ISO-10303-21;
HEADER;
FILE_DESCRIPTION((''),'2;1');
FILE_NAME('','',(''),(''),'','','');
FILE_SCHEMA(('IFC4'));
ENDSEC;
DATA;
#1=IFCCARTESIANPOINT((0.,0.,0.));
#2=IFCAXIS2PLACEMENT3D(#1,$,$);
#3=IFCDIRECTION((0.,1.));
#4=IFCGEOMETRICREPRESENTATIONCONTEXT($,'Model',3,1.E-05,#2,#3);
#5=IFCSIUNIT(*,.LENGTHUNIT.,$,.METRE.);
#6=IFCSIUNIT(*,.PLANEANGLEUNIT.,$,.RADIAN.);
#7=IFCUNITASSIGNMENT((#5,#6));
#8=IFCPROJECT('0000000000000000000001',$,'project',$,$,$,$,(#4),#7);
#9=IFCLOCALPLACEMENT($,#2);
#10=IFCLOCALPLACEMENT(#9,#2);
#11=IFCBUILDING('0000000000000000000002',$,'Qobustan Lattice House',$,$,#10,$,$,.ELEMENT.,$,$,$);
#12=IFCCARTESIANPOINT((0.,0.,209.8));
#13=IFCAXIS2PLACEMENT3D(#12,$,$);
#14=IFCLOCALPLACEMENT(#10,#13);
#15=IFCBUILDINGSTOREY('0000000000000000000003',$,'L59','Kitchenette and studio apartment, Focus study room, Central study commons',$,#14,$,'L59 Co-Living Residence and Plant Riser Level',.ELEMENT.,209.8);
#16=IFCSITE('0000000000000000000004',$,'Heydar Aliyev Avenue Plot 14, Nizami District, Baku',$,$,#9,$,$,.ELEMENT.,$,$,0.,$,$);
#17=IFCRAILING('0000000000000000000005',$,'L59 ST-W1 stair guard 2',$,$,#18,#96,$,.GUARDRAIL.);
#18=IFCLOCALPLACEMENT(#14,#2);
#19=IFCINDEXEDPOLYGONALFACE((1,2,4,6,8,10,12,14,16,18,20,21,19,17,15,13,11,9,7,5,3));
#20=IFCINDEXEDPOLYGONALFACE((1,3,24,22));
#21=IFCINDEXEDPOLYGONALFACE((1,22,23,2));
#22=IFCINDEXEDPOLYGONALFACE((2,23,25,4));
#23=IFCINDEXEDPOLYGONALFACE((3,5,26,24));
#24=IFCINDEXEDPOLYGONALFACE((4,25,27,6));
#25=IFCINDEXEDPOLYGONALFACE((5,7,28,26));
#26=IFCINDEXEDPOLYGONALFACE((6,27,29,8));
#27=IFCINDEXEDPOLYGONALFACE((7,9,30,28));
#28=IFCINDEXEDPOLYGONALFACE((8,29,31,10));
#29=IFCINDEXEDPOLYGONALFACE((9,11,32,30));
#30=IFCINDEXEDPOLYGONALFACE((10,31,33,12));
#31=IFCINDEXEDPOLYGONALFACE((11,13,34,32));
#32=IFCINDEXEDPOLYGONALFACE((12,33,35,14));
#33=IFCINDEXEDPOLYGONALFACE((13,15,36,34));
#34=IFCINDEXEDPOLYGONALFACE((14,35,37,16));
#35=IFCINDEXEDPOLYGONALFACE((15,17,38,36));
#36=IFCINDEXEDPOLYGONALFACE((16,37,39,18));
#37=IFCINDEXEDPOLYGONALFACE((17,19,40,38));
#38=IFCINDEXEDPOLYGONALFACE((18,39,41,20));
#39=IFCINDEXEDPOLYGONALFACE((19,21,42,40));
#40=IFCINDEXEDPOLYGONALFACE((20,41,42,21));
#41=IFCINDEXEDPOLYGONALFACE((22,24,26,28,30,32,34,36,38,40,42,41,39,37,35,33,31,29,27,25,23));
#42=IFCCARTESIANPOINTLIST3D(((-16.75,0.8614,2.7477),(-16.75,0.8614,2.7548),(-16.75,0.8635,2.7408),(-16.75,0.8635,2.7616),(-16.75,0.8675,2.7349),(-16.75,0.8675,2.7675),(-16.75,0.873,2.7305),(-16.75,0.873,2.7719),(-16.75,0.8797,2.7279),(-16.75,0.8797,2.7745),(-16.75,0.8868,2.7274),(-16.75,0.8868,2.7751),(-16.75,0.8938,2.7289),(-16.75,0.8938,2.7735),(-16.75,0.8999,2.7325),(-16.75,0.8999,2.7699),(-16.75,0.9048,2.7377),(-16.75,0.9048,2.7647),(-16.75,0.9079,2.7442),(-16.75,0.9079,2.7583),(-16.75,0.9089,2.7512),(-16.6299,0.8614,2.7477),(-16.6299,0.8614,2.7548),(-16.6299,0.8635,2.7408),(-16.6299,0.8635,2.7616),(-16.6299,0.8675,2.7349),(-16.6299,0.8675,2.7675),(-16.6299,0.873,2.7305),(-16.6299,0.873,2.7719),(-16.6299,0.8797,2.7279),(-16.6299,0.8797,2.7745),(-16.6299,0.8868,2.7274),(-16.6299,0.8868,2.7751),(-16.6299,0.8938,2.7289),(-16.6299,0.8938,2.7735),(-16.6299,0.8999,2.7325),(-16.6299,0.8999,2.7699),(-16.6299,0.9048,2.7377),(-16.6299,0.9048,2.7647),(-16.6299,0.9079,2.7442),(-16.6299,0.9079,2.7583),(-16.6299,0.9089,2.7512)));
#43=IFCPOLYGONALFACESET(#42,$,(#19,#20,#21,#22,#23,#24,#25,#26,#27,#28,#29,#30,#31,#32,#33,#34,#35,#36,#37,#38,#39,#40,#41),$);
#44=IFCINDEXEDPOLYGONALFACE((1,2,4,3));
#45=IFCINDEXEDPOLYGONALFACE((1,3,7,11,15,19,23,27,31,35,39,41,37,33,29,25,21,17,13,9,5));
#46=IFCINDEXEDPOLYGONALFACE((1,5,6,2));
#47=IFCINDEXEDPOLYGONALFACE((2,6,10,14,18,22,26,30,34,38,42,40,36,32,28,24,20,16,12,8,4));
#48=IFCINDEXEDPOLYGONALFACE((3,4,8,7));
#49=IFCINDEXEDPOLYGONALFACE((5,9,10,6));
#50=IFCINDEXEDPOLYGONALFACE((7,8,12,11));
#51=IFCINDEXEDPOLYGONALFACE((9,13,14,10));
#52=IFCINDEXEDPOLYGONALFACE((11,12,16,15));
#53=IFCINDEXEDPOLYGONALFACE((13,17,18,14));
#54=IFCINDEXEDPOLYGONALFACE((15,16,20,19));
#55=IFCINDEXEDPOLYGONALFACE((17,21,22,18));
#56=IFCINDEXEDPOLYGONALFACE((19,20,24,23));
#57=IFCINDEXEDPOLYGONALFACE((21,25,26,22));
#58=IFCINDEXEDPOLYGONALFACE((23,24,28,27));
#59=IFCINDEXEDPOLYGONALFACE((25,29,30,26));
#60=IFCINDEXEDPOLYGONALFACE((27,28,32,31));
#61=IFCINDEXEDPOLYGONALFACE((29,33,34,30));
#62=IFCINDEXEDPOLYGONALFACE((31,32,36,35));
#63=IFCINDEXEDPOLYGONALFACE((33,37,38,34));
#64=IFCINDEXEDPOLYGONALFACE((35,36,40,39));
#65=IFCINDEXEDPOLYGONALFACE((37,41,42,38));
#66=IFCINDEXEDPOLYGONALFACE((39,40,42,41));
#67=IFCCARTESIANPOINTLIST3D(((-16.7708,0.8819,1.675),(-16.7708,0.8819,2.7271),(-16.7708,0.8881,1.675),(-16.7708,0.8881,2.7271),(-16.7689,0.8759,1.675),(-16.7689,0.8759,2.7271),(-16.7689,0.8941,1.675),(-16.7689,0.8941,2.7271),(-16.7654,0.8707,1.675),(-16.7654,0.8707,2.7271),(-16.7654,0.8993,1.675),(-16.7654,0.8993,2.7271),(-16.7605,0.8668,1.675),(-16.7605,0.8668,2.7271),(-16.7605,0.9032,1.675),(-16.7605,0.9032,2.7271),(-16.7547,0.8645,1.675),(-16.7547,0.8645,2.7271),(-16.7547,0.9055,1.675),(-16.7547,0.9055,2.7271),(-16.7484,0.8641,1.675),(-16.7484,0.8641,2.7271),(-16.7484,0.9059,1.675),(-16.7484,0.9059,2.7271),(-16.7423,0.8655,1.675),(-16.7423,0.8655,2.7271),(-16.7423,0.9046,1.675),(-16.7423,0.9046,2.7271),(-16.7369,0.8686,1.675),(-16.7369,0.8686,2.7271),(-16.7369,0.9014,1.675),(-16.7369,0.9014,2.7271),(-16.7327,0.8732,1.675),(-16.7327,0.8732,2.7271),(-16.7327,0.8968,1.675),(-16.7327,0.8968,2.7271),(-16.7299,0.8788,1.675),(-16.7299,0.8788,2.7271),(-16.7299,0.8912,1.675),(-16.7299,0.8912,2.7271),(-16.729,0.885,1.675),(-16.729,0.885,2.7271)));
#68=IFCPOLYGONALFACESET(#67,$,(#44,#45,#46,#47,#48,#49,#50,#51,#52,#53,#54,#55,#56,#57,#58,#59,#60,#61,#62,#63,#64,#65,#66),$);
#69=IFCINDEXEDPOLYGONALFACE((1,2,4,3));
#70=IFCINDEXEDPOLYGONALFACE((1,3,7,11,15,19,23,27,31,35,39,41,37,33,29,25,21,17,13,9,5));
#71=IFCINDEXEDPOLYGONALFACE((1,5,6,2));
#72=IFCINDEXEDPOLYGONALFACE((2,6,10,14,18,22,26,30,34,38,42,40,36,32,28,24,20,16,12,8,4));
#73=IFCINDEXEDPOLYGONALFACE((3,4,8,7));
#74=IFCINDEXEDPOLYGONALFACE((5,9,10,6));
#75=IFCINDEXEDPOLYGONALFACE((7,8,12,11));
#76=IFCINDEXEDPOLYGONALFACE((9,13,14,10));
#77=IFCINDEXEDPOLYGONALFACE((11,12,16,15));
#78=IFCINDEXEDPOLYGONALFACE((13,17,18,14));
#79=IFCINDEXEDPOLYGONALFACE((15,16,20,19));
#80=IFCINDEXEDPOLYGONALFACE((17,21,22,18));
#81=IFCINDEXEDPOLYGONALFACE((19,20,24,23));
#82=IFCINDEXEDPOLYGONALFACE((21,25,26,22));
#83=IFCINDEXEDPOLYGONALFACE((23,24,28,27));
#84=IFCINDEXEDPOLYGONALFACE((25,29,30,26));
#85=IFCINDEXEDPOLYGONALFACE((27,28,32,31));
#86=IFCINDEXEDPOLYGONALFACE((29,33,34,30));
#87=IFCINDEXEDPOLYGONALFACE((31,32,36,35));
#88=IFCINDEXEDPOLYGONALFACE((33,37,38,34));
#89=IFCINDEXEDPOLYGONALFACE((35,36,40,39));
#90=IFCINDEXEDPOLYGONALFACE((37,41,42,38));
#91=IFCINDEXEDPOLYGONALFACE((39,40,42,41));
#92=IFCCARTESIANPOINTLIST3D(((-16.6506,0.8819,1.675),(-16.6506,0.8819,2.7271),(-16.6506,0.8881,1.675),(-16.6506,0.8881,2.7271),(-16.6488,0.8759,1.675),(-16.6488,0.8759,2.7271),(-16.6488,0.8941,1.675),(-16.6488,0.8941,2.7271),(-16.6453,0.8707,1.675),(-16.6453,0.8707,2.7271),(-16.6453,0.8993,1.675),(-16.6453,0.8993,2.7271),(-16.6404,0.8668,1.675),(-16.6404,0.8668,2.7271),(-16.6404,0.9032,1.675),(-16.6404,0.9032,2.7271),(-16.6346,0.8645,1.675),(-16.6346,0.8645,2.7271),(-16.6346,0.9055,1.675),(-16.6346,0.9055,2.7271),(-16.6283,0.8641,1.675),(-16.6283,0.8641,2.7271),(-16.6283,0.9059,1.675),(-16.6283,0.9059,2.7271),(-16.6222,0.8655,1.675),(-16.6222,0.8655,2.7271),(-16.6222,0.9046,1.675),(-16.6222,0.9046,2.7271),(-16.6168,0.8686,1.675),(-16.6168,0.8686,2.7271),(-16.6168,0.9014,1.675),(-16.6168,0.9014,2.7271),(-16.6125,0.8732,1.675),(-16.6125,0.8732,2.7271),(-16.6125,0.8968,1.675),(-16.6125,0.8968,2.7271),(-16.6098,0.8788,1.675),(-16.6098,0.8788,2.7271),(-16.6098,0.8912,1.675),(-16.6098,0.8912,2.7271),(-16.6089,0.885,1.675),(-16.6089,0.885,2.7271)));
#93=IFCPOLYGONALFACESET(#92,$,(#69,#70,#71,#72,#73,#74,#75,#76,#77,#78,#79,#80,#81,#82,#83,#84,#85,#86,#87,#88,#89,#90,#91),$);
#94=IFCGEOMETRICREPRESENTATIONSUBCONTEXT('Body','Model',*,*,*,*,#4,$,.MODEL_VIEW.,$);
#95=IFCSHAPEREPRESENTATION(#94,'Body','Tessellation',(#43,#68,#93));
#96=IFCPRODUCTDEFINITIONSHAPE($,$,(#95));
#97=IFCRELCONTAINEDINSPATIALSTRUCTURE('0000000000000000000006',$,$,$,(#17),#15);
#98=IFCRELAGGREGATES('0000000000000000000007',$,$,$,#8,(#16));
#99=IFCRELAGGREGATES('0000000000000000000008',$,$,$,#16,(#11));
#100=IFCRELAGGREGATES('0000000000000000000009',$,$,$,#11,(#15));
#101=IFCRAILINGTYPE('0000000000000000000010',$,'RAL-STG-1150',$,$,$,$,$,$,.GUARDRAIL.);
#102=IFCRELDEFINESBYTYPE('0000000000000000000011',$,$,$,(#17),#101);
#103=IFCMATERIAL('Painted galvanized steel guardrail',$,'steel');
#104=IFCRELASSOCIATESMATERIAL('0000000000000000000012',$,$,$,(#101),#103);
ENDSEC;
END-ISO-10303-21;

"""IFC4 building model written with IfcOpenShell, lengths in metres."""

from ifc_helpers import new_model, si_unit, direction, frame, origin, origin_2d, place, context, subcontext, project, spatial, circle, extrude, material, type_object, element, save


model = new_model("IFC4")

# Units and contexts
model_context = context("Model", 3, precision=1e-05, world=origin(), true_north=direction((0.0, 1.0)))
body_context = subcontext(model_context, "Body", "Model", "MODEL_VIEW")
ifc_project = project(units=[si_unit("LENGTHUNIT", "METRE"), si_unit("PLANEANGLEUNIT", "RADIAN")], contexts=[model_context])

# Site, building, storey
site_placement = place(None, origin())
site = spatial("IfcSite", under=ifc_project, at=site_placement, Name="Heydar Aliyev Avenue Plot 14, Nizami District, Baku", CompositionType="ELEMENT", RefElevation=0.0)
building_placement = place(site_placement, origin())
building = spatial("IfcBuilding", under=site, at=building_placement, Name="Qobustan Lattice House", CompositionType="ELEMENT")
storey_placement = place(building_placement, frame((0.0, 0.0, 209.8)))
storey = spatial("IfcBuildingStorey", under=building, at=storey_placement, Name="L59", Description="Kitchenette and studio apartment, Focus study room, Central study commons", LongName="L59 Co-Living Residence and Plant Riser Level", CompositionType="ELEMENT", Elevation=209.8)

# Railing
ifc_material_1 = material(Name="Painted galvanized steel guardrail", Category="steel")
railing_type_1 = type_object("IfcRailingType", Name="RAL-STG-1150", PredefinedType="GUARDRAIL", material=ifc_material_1)
railing_1_placement = place(storey_placement, frame((-16.75, 0.885, 1.675)))
element("IfcRailing", 1, at=railing_1_placement, inside=storey, type_object=railing_type_1, Name="L59 ST-W1 stair guard 2", PredefinedType="GUARDRAIL", context=body_context, shape_type="SweptSolid", body=[
    extrude(circle(Radius=0.0239, at=origin_2d()), frame((0.0, 0.0, 1.0762), z_axis=(1.0, 0.0, 0.0), x_axis=(0.0, 1.0, 0.0)), (0.0, 0.0, 1.0), 0.1201),
    extrude(circle(Radius=0.021, at=origin_2d()), origin(), (0.0, 0.0, 1.0), 1.052),
    extrude(circle(Radius=0.021, at=origin_2d()), frame((0.1201, 0.0, 0.0)), (0.0, 0.0, 1.0), 1.052),
])

save(model, "model.ifc")
